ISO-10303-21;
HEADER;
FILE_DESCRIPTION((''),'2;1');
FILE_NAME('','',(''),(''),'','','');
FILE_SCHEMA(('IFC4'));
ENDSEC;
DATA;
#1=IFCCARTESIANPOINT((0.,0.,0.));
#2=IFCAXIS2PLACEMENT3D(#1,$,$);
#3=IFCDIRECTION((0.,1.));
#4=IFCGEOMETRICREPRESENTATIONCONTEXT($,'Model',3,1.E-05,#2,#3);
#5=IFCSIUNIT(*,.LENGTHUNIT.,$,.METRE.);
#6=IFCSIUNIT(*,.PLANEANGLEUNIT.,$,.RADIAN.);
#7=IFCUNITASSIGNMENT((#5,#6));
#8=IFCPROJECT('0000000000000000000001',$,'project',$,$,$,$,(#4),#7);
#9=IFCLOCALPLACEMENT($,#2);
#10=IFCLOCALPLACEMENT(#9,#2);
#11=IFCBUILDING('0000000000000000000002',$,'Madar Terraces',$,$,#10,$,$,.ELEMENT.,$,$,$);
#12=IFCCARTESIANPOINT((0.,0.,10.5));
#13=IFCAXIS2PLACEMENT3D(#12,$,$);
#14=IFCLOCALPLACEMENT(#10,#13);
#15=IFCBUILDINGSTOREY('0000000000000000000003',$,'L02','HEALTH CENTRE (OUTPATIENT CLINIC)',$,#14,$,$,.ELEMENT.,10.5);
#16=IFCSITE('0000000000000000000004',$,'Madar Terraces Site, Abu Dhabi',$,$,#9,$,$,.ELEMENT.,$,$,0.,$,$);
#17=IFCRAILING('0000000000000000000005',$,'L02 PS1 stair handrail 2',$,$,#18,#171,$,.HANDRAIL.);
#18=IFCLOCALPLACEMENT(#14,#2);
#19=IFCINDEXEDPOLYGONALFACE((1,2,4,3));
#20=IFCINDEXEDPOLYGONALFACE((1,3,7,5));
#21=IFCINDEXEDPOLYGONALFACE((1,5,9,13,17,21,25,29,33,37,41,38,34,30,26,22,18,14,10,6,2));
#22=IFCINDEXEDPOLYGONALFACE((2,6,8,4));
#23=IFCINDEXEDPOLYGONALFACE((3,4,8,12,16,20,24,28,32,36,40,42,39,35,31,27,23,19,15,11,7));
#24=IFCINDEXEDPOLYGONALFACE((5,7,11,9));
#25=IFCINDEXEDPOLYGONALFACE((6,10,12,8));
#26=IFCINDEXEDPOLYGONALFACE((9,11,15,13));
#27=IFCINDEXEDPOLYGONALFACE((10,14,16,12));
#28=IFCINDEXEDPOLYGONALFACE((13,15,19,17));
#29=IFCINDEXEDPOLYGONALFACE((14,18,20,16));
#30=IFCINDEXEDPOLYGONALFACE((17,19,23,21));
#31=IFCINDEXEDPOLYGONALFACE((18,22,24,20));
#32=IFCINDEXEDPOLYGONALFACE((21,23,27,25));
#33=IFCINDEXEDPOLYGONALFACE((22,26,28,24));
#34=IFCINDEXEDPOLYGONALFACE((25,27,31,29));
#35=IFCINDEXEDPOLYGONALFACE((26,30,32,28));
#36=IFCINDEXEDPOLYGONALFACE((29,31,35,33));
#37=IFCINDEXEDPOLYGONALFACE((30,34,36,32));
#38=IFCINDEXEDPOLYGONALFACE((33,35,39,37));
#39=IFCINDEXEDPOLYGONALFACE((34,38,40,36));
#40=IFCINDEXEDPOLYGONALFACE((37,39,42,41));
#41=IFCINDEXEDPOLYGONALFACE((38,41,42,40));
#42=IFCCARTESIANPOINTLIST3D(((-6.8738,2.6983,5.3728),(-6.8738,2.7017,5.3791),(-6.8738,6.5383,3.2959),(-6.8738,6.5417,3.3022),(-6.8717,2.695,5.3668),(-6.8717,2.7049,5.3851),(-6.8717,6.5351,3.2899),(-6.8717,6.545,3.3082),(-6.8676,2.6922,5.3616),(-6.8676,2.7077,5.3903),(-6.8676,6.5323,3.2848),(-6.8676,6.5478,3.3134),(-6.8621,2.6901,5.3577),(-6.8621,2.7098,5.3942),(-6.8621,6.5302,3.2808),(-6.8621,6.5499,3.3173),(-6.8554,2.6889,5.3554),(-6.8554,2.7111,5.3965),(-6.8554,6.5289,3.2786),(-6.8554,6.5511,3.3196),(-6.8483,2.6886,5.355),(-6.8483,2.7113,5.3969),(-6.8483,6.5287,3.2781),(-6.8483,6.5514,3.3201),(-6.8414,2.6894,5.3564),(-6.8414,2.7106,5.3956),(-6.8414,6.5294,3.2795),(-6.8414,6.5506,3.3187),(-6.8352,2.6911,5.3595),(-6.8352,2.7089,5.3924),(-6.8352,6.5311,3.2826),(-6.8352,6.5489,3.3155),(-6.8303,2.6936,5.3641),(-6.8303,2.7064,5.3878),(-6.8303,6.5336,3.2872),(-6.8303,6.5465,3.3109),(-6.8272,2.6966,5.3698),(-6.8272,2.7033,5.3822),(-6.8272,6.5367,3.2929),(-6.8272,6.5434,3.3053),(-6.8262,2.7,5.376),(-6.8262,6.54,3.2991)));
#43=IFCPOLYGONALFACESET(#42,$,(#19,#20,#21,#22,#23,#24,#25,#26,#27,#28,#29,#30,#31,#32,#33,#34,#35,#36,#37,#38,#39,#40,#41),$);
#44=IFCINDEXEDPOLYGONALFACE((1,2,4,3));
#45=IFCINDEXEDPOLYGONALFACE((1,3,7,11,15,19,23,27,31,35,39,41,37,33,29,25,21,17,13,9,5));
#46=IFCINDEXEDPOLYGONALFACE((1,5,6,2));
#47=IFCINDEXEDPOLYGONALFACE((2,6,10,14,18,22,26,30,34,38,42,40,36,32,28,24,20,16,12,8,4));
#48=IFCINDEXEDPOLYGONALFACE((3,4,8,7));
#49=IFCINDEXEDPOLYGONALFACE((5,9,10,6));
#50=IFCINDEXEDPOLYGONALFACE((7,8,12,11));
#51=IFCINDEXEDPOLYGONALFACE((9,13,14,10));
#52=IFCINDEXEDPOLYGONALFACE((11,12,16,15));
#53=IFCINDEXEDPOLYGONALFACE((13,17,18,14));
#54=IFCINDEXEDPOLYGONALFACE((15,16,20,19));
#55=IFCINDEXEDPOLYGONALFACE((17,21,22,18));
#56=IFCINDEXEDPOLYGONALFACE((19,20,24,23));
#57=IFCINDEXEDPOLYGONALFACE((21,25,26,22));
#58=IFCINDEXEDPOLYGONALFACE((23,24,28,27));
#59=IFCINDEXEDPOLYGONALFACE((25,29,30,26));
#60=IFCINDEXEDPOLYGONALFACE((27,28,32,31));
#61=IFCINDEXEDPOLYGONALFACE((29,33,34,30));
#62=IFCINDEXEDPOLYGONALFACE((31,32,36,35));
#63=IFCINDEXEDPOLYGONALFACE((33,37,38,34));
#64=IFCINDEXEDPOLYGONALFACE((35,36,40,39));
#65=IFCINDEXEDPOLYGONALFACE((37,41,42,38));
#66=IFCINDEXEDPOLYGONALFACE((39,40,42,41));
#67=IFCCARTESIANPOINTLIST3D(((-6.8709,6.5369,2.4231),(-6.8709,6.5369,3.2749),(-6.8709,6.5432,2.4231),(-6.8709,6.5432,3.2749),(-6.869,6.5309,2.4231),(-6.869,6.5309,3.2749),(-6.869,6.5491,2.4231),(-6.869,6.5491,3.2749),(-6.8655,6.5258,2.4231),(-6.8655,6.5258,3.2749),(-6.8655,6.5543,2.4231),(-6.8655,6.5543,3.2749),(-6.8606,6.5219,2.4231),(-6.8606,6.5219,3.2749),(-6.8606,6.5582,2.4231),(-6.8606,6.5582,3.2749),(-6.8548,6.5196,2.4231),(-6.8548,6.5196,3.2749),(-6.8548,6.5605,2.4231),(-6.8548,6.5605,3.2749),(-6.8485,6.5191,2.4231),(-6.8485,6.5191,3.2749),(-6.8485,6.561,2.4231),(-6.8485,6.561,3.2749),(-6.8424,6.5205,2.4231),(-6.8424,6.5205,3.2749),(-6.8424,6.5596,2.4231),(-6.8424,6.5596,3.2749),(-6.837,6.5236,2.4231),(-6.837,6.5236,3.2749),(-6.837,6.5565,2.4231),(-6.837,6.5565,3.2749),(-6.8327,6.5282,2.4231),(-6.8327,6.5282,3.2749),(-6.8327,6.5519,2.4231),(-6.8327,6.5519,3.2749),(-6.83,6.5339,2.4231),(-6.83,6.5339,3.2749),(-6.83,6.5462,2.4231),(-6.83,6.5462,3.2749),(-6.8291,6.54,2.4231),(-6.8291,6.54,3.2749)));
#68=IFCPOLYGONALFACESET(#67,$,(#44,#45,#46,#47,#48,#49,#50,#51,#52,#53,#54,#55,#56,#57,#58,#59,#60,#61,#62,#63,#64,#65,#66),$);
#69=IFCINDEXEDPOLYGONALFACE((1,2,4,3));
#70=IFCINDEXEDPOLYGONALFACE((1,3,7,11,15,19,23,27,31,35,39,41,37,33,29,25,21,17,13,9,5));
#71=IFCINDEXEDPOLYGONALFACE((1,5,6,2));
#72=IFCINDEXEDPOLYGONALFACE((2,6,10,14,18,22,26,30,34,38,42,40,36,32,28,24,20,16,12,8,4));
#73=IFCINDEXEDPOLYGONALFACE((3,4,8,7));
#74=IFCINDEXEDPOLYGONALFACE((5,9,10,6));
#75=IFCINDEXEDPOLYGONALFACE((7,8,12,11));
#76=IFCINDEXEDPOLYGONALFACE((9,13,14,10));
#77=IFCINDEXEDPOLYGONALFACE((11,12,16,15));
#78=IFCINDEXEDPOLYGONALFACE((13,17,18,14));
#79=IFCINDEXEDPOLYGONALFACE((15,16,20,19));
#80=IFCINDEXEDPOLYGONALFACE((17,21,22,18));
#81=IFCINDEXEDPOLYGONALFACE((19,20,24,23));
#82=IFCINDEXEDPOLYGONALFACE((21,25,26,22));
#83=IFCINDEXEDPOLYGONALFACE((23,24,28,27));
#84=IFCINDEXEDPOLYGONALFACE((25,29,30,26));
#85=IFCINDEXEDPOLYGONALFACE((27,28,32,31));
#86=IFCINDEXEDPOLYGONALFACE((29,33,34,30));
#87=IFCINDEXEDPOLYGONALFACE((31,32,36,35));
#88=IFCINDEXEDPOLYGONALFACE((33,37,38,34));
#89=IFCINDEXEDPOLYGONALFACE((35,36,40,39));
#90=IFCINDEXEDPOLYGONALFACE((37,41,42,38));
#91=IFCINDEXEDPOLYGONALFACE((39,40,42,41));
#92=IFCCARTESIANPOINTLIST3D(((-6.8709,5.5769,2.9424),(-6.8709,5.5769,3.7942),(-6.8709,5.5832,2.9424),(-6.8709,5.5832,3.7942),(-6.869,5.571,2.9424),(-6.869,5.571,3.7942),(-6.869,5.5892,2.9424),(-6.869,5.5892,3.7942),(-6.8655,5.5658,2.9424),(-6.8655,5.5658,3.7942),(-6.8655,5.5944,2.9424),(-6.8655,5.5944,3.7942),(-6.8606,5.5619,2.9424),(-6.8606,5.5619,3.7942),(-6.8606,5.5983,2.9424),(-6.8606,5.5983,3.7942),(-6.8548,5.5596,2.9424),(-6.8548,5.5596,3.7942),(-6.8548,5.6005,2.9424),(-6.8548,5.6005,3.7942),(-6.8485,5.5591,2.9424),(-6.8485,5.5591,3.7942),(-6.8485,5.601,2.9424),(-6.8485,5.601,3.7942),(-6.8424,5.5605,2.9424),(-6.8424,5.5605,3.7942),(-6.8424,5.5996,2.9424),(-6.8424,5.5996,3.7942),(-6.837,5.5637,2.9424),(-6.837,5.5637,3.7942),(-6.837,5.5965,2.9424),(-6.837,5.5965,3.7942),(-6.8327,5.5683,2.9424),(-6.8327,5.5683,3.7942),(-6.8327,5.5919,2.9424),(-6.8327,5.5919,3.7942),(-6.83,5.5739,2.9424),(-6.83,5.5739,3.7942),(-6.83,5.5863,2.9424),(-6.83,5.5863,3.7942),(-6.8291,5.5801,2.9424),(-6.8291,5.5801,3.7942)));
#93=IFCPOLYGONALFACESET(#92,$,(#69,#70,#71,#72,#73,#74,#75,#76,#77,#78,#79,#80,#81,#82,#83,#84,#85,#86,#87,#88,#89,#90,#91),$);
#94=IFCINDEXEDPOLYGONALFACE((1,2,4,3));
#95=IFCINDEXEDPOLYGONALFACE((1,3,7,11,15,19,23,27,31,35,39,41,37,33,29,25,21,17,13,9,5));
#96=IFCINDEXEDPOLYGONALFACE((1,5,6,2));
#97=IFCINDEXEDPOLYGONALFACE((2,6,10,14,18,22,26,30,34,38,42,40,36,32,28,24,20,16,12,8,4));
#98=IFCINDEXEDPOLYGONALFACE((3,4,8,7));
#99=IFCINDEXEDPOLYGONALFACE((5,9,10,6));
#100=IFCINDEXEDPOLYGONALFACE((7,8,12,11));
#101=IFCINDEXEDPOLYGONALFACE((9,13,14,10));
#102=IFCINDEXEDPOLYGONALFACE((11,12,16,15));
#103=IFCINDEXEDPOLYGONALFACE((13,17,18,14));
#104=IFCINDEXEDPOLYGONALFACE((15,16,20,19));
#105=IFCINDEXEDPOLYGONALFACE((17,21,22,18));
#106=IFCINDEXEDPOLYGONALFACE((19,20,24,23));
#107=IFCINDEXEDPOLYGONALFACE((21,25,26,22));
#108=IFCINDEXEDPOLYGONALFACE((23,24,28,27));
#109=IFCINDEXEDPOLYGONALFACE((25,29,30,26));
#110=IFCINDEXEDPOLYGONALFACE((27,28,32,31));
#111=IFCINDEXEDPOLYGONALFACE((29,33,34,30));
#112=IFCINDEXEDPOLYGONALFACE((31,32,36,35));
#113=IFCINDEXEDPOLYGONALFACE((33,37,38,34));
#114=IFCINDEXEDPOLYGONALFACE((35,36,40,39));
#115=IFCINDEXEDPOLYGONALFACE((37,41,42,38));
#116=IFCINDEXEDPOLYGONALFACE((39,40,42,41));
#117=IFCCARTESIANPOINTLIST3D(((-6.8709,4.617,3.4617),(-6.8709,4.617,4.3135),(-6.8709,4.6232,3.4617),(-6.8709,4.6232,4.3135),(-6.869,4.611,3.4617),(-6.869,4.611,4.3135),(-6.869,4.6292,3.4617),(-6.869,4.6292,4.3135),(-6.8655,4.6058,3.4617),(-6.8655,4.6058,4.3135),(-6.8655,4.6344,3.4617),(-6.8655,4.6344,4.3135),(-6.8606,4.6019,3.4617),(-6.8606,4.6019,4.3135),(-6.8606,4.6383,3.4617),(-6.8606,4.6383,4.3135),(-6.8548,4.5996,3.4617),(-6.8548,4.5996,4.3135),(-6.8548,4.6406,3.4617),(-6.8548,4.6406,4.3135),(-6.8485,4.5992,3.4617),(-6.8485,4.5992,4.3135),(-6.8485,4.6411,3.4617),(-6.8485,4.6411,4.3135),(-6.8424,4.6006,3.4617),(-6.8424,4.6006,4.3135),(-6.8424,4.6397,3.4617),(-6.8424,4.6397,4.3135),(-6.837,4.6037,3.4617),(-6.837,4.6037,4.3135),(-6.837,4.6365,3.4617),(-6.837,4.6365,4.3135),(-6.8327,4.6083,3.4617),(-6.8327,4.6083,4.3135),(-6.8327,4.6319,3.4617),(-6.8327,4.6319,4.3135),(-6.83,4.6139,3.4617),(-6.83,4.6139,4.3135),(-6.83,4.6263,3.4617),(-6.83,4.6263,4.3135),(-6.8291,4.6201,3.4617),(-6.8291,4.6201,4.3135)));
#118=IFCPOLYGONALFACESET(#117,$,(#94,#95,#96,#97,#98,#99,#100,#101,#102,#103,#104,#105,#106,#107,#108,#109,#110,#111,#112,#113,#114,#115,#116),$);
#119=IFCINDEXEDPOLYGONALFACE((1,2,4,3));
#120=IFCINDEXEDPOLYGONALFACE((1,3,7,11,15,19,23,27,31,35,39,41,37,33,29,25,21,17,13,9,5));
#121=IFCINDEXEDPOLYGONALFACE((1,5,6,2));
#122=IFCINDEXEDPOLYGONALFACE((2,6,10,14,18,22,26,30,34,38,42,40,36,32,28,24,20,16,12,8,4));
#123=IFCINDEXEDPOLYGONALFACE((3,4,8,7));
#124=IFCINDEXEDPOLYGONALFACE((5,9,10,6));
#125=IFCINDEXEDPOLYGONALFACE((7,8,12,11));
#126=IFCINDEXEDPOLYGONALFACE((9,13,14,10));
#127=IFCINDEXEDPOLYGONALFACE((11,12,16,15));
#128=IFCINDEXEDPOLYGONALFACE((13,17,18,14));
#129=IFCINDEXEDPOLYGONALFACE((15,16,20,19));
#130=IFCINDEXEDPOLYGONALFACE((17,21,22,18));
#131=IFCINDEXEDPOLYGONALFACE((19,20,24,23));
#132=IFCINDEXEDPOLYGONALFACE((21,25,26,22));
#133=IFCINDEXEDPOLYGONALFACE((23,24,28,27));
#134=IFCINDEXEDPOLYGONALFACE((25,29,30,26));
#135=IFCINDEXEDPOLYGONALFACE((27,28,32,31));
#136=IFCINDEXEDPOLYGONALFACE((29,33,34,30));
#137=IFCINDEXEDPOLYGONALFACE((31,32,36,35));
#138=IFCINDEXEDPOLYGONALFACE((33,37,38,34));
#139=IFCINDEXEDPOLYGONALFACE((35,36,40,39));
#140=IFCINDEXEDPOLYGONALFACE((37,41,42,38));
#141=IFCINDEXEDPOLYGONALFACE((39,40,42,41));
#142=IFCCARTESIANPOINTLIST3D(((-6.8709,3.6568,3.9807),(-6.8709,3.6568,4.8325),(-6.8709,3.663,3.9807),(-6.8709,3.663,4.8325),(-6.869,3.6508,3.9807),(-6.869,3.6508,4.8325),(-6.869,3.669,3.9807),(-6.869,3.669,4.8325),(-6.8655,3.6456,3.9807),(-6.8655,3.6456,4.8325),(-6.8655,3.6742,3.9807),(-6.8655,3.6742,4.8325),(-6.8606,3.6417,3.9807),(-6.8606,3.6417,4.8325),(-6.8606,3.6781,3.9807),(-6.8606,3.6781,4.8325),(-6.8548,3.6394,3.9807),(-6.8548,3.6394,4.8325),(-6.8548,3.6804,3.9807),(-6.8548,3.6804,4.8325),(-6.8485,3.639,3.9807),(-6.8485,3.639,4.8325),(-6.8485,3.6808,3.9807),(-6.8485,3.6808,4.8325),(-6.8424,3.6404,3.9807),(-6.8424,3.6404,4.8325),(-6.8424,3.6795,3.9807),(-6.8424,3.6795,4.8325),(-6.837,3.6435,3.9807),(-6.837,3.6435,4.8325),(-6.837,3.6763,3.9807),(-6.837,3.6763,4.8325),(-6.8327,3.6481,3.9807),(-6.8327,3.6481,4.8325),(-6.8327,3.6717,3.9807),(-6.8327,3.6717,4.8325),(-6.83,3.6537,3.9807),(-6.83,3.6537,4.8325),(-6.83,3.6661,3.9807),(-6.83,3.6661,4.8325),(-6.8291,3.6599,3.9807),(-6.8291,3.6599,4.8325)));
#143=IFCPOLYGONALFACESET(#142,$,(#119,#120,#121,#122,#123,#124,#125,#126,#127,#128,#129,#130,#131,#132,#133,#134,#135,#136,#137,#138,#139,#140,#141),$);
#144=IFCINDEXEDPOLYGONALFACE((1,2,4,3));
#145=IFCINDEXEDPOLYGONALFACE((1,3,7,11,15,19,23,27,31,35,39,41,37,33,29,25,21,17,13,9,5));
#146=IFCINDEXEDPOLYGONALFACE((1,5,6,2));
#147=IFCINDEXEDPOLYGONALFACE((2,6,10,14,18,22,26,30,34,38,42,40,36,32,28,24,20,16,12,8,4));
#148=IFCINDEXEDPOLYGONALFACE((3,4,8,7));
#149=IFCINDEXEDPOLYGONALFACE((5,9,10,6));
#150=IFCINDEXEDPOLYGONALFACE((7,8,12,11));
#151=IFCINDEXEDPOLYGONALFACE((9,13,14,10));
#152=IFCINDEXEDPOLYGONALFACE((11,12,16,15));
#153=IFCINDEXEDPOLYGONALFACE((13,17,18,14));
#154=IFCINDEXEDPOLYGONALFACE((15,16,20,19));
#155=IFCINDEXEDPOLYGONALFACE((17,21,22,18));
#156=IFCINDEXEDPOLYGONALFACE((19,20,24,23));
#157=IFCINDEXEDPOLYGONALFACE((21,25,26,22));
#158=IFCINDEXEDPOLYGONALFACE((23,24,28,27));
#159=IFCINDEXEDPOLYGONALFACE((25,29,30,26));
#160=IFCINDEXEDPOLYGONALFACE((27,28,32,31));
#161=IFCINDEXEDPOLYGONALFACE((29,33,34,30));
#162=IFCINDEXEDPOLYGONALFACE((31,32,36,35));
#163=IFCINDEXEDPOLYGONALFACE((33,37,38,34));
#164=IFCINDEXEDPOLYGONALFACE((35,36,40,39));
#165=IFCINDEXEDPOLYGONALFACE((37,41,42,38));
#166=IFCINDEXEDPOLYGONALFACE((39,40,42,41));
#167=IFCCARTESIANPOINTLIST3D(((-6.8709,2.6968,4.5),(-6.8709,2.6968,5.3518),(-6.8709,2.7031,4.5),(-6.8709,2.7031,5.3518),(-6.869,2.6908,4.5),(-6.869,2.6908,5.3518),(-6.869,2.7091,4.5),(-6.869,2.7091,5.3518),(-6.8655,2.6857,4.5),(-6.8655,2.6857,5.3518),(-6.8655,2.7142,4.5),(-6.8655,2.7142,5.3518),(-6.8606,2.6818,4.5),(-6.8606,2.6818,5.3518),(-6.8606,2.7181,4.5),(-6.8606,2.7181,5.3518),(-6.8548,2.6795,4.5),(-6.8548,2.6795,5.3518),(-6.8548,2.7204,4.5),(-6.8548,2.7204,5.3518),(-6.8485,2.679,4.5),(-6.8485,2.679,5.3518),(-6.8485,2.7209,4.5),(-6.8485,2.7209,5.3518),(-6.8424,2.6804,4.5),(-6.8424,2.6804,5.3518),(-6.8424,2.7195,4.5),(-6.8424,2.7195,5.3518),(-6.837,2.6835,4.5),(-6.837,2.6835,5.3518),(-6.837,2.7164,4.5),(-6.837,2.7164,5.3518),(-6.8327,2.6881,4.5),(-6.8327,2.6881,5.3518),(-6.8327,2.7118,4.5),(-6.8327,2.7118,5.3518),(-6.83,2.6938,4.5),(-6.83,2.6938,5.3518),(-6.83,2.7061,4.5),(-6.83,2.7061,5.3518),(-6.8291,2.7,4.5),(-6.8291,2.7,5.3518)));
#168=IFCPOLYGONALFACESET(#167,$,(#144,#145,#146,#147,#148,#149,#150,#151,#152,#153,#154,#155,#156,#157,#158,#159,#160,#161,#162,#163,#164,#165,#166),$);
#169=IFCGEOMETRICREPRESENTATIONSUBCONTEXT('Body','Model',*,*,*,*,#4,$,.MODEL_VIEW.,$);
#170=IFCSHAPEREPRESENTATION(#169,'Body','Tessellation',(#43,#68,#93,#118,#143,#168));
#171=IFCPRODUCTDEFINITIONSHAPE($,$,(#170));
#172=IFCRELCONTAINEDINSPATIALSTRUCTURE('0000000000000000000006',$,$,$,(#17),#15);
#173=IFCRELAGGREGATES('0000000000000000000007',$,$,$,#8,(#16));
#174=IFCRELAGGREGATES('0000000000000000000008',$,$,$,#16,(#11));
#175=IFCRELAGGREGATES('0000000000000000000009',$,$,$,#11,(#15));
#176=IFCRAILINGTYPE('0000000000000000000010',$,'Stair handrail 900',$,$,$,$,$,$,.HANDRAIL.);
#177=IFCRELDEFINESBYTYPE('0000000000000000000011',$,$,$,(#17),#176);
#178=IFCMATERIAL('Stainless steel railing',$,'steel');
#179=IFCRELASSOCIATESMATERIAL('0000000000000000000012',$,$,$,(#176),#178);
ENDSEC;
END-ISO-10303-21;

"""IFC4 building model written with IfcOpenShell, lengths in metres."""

from ifc_helpers import new_model, si_unit, direction, frame, origin, origin_2d, place, context, subcontext, project, spatial, circle, extrude, material, type_object, element, save


model = new_model("IFC4")

# Units and contexts
model_context = context("Model", 3, precision=1e-05, world=origin(), true_north=direction((0.0, 1.0)))
body_context = subcontext(model_context, "Body", "Model", "MODEL_VIEW")
ifc_project = project(units=[si_unit("LENGTHUNIT", "METRE"), si_unit("PLANEANGLEUNIT", "RADIAN")], contexts=[model_context])

# Site, building, storey
site_placement = place(None, origin())
site = spatial("IfcSite", under=ifc_project, at=site_placement, Name="Madar Terraces Site, Abu Dhabi", CompositionType="ELEMENT", RefElevation=0.0)
building_placement = place(site_placement, origin())
building = spatial("IfcBuilding", under=site, at=building_placement, Name="Madar Terraces", CompositionType="ELEMENT")
storey_placement = place(building_placement, frame((0.0, 0.0, 10.5)))
storey = spatial("IfcBuildingStorey", under=building, at=storey_placement, Name="L02", Description="HEALTH CENTRE (OUTPATIENT CLINIC)", CompositionType="ELEMENT", Elevation=10.5)

# Railing
ifc_material_1 = material(Name="Stainless steel railing", Category="steel")
railing_type_1 = type_object("IfcRailingType", Name="Stair handrail 900", PredefinedType="HANDRAIL", material=ifc_material_1)
railing_1_placement = place(storey_placement, frame((-6.8501, 6.54, 2.4231)))
element("IfcRailing", 1, at=railing_1_placement, inside=storey, type_object=railing_type_1, Name="L02 PS1 stair handrail 2", PredefinedType="HANDRAIL", context=body_context, shape_type="SweptSolid", body=[
    extrude(circle(Radius=0.0239, at=origin_2d()), frame((0.0, 0.0, 0.876), z_axis=(0.0, -0.879593, 0.475726), x_axis=(1.0, 0.0, 0.0)), (0.0, 0.0, 1.0), 4.3657),
    extrude(circle(Radius=0.021, at=origin_2d()), origin(), (0.0, 0.0, 1.0), 0.8518),
    extrude(circle(Radius=0.021, at=origin_2d()), frame((0.0, -0.96, 0.5193)), (0.0, 0.0, 1.0), 0.8518),
    extrude(circle(Radius=0.021, at=origin_2d()), frame((0.0, -1.9199, 1.0386)), (0.0, 0.0, 1.0), 0.8518),
    extrude(circle(Radius=0.021, at=origin_2d()), frame((0.0, -2.8801, 1.5576)), (0.0, 0.0, 1.0), 0.8518),
    extrude(circle(Radius=0.021, at=origin_2d()), frame((0.0, -3.8401, 2.0769)), (0.0, 0.0, 1.0), 0.8518),
])

save(model, "model.ifc")
